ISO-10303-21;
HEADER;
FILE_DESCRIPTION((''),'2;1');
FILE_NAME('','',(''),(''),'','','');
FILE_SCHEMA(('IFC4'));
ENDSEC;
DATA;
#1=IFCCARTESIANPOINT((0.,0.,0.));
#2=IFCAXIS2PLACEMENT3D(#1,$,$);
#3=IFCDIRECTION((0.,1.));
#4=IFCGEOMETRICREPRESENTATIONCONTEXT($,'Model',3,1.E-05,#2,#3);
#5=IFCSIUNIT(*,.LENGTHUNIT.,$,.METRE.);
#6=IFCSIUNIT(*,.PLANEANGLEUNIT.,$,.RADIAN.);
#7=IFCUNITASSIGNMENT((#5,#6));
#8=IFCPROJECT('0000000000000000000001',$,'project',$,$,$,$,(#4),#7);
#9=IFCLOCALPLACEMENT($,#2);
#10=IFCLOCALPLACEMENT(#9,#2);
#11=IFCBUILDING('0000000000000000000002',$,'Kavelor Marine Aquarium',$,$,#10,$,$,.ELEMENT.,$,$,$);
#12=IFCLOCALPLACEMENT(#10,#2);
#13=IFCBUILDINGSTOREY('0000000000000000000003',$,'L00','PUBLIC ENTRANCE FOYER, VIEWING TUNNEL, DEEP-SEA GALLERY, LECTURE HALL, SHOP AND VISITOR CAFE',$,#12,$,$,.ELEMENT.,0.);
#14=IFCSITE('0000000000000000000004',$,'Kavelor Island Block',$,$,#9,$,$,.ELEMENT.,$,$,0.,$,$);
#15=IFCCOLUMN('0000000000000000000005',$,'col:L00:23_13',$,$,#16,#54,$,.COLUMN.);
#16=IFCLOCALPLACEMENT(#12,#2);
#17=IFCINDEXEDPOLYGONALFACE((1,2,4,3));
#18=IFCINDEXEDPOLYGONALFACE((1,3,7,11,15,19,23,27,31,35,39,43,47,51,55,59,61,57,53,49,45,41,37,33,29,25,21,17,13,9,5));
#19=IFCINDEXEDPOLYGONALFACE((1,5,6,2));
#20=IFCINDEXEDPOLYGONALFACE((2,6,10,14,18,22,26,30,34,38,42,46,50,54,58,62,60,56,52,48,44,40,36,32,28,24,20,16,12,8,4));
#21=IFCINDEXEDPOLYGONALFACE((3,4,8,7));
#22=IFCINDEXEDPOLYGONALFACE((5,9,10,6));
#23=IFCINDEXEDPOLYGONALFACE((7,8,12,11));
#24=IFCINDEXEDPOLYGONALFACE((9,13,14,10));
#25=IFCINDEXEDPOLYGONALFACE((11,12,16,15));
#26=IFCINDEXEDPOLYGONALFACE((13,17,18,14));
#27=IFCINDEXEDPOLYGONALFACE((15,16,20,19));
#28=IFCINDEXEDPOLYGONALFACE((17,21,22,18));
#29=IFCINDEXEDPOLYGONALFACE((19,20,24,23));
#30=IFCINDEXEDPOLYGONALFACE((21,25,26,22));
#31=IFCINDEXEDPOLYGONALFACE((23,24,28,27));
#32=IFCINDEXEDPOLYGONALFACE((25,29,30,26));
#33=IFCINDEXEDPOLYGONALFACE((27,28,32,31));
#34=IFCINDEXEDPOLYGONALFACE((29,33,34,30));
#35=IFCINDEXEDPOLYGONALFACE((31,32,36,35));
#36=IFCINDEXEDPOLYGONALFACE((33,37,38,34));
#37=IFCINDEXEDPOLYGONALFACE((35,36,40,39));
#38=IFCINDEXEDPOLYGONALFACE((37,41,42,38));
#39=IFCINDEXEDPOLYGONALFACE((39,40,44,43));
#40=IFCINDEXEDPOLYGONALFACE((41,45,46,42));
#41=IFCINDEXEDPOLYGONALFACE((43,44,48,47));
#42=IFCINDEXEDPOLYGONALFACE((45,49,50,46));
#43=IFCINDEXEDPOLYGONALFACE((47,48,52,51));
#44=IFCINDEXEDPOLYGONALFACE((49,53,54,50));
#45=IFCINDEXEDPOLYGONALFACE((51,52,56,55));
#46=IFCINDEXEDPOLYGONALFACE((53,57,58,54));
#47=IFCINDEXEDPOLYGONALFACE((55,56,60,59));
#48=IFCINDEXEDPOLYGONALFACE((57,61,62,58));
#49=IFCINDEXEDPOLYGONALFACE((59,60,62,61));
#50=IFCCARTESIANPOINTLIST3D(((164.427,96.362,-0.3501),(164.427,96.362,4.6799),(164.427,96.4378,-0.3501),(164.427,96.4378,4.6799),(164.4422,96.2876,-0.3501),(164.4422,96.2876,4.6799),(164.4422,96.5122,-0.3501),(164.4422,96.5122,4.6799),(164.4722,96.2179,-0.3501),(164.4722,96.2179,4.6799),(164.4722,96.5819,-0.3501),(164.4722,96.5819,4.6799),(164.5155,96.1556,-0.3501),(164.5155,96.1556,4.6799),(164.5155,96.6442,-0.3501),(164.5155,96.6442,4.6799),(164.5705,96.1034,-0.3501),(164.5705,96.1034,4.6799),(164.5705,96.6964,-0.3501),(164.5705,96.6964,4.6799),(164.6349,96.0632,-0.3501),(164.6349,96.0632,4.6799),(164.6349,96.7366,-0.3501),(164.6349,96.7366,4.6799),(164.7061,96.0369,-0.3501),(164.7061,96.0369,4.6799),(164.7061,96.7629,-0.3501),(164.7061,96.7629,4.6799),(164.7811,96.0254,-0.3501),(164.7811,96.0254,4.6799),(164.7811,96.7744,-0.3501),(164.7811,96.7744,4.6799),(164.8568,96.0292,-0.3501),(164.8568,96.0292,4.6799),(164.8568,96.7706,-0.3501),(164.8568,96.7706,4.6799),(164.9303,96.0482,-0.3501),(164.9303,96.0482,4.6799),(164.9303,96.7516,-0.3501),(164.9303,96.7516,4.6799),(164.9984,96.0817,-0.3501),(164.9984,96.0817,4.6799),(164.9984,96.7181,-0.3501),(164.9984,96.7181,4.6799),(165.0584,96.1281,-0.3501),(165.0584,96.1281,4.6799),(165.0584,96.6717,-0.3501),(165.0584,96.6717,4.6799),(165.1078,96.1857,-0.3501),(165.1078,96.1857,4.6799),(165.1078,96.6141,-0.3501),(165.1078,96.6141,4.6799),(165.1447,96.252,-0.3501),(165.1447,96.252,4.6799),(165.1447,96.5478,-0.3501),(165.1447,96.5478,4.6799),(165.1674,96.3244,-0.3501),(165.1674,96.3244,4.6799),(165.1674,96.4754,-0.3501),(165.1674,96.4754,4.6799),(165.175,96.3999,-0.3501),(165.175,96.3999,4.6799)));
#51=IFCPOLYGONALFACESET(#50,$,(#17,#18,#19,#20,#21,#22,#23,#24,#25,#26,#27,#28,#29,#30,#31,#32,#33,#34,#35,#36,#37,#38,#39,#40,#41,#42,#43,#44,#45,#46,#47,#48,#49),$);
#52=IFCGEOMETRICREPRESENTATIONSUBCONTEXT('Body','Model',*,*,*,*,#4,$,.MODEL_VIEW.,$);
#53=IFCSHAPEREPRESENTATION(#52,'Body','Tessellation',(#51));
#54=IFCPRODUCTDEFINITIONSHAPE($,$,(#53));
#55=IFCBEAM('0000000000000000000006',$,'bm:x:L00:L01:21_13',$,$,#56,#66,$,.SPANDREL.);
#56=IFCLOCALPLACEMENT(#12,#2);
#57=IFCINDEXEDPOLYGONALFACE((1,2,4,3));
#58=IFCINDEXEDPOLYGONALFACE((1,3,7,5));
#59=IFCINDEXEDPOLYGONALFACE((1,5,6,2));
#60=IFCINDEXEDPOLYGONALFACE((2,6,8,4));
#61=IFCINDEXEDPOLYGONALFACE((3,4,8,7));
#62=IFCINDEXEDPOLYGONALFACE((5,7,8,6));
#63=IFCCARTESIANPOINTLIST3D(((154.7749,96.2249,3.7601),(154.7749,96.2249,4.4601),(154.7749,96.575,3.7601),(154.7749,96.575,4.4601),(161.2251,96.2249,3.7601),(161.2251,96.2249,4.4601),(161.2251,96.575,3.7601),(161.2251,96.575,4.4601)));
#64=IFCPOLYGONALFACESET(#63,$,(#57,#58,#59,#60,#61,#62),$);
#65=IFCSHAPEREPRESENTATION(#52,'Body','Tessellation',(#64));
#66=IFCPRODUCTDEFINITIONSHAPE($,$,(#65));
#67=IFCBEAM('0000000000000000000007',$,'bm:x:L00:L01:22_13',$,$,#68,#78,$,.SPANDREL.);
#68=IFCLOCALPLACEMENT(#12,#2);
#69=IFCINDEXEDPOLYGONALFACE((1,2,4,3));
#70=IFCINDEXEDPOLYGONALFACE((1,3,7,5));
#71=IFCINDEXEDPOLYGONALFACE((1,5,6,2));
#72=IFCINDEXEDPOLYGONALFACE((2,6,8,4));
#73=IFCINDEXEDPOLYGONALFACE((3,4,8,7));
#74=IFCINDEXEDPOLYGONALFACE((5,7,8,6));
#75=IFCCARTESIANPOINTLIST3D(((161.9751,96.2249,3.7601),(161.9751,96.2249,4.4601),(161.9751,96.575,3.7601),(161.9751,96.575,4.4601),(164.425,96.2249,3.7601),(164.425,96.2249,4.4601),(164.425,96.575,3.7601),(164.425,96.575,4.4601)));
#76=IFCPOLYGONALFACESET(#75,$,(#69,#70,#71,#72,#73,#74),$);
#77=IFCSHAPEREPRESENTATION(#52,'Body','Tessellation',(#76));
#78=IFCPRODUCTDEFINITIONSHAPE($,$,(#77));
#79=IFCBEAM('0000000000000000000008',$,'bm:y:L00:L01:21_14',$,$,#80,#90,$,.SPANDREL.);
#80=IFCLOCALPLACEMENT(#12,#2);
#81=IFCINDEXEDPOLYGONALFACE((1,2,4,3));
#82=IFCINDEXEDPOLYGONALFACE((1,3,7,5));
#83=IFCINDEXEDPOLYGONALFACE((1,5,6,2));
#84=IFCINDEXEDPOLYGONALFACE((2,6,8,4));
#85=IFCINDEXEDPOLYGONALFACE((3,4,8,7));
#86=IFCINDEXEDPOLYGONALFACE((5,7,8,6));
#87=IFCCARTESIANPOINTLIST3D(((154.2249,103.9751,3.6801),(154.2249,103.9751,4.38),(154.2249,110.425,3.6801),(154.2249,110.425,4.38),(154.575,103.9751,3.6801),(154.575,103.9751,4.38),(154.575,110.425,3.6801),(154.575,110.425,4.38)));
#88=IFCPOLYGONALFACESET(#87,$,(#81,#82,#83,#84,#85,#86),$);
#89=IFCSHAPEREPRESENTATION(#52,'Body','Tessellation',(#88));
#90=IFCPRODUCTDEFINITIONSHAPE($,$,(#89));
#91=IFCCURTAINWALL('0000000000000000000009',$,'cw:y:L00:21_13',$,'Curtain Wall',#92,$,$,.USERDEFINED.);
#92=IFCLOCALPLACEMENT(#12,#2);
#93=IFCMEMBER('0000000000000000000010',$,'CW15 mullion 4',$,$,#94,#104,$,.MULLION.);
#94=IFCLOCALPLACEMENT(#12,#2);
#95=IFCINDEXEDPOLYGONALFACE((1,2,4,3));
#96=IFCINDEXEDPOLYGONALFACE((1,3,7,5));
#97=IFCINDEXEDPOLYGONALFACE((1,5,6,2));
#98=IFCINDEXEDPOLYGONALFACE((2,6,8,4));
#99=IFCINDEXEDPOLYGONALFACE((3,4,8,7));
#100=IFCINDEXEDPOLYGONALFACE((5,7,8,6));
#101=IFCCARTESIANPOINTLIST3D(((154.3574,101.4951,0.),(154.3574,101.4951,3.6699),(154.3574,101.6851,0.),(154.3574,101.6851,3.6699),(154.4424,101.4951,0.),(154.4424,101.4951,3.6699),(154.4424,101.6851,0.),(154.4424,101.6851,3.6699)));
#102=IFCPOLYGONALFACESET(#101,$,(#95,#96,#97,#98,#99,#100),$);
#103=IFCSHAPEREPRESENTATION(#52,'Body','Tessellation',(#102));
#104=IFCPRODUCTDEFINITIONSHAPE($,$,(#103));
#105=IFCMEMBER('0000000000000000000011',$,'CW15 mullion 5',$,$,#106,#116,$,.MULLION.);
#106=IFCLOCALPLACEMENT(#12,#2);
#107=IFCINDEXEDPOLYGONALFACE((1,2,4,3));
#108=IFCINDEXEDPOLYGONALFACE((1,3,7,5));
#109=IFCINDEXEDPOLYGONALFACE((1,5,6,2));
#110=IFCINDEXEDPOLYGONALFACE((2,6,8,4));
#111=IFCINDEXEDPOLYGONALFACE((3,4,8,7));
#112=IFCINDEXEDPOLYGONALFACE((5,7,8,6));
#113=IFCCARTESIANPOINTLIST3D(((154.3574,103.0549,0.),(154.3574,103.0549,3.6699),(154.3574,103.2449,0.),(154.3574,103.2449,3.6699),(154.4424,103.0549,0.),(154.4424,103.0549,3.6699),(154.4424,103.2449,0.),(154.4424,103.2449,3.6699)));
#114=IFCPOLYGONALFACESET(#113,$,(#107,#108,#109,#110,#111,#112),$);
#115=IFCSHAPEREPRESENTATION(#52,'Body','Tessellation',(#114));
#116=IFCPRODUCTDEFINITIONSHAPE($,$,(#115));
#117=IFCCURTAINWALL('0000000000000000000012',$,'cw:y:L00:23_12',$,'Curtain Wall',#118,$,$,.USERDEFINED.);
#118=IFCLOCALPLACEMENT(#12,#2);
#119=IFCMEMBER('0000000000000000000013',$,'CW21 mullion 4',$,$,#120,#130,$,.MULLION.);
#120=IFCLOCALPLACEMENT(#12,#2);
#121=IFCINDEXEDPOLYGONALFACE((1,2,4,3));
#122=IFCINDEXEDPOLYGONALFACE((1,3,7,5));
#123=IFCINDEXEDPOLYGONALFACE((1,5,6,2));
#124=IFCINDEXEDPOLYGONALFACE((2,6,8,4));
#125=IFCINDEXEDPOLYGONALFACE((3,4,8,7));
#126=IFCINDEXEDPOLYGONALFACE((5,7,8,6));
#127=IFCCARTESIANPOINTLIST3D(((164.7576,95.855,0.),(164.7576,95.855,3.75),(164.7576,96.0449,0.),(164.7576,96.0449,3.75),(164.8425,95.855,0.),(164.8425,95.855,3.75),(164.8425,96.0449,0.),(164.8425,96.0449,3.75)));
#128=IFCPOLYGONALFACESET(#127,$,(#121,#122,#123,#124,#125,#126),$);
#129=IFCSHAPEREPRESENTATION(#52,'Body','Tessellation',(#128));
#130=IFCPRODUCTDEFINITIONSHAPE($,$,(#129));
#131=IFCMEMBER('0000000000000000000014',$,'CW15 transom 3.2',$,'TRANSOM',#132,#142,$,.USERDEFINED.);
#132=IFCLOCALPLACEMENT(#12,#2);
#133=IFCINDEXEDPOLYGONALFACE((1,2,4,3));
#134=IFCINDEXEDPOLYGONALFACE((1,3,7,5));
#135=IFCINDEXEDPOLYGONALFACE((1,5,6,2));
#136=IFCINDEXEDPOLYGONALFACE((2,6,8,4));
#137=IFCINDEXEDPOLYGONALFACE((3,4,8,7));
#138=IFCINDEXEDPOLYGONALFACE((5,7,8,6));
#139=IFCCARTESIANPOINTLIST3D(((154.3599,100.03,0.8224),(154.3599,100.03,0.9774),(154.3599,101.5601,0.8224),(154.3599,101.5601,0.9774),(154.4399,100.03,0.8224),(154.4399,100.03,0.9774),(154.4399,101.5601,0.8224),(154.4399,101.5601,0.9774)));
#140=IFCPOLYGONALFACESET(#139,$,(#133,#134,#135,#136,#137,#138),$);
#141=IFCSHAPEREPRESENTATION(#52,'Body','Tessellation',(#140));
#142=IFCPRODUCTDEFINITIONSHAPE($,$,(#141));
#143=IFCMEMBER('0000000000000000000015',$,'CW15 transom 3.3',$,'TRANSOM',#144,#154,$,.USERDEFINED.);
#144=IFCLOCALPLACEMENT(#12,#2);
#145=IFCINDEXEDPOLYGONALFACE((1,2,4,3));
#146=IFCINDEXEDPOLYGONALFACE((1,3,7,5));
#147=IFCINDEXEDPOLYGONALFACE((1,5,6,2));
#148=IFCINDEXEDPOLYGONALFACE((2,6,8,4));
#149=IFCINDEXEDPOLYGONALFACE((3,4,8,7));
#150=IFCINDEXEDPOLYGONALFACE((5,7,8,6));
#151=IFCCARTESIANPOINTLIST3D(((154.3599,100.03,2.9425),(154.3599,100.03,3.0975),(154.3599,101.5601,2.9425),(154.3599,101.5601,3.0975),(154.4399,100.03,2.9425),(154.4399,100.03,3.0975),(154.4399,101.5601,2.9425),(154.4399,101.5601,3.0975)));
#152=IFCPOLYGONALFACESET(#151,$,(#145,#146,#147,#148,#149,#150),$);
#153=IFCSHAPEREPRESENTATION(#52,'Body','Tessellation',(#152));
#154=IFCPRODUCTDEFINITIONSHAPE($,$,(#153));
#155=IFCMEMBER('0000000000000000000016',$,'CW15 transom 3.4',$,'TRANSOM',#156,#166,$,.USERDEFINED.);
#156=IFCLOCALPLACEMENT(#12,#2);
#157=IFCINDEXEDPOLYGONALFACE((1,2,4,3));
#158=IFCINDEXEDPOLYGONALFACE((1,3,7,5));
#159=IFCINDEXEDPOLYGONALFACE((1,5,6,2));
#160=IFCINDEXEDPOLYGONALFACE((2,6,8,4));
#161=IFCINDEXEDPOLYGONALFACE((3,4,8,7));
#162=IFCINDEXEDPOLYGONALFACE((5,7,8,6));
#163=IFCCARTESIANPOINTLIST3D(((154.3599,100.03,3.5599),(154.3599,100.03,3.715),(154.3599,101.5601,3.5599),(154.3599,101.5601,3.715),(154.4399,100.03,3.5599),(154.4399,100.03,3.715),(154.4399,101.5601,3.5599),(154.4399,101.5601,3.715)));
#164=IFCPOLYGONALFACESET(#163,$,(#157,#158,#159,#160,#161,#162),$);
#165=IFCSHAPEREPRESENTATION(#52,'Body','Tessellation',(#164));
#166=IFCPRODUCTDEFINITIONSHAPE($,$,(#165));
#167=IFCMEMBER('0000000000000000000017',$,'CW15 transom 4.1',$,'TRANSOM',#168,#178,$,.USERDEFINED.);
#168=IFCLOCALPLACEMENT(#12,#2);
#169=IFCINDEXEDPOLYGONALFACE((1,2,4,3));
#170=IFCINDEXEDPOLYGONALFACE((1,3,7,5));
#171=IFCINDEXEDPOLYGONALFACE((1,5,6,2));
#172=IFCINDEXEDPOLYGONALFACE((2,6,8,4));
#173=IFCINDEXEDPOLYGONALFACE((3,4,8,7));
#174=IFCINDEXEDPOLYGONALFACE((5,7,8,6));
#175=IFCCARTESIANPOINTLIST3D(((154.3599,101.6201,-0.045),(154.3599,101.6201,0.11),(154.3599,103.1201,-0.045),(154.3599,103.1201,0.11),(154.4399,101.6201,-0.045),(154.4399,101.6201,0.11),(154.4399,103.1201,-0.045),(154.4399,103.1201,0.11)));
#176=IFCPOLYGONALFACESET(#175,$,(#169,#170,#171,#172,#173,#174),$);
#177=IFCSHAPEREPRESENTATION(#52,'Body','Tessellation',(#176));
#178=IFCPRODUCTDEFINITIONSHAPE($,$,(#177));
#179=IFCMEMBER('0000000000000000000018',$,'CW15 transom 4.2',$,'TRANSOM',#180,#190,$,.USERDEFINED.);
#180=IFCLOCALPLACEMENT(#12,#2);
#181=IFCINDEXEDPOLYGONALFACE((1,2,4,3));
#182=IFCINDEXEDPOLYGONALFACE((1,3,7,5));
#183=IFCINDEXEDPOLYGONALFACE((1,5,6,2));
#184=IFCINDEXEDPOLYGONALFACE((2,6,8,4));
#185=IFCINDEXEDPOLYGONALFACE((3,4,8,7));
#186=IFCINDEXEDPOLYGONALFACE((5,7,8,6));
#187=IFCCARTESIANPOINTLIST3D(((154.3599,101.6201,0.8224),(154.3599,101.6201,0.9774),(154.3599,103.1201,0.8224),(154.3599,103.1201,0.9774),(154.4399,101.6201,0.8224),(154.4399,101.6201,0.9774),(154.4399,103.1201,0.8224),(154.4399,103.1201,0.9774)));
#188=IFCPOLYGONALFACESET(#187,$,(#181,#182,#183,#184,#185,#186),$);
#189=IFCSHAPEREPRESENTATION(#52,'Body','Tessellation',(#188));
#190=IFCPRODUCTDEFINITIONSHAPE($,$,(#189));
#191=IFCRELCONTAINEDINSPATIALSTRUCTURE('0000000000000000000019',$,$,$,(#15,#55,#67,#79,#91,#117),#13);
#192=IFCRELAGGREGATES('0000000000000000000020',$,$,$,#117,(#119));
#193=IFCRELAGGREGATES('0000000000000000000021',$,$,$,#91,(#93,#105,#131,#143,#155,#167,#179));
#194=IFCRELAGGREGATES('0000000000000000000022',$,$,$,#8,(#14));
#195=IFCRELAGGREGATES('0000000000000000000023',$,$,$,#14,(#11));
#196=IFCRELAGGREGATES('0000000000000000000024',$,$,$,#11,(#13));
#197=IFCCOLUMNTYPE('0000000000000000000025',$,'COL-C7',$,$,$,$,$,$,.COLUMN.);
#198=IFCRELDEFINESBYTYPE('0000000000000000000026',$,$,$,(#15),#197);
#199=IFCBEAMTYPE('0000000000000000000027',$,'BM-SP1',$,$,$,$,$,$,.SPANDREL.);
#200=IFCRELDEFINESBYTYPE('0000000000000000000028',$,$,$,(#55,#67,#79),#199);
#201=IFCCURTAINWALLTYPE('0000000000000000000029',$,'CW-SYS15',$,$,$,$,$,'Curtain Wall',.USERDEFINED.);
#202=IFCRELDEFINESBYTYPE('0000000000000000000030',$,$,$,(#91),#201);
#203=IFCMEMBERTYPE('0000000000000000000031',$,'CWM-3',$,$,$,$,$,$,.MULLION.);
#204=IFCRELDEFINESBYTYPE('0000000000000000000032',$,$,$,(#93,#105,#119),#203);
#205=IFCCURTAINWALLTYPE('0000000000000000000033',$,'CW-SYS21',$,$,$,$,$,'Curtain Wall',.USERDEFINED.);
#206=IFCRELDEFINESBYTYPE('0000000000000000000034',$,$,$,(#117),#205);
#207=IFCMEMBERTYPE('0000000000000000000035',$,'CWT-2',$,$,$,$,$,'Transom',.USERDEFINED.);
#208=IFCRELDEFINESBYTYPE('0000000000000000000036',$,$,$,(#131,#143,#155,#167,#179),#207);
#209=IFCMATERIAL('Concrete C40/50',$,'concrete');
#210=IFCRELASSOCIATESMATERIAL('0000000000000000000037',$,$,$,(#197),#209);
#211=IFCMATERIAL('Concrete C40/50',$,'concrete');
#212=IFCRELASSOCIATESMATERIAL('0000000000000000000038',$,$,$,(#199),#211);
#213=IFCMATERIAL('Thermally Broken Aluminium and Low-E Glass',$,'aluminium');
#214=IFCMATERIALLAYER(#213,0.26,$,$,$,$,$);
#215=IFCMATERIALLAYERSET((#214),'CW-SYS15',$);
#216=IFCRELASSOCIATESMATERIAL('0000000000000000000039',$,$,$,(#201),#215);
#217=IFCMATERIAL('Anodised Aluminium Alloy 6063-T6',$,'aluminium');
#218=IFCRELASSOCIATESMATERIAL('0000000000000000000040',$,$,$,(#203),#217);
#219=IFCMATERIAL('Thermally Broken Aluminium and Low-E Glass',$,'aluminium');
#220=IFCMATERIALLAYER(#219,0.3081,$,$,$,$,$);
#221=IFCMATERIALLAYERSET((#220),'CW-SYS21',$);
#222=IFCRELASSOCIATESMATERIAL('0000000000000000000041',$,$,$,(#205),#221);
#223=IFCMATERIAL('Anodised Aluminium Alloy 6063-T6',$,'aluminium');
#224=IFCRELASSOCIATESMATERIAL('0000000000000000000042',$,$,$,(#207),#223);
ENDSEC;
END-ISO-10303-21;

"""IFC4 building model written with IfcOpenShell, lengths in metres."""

from ifc_helpers import new_model, si_unit, direction, frame, origin, origin_2d, place, context, subcontext, project, spatial, rectangle, circle, extrude, material, layer, layer_set, material_profile, profile_set, type_object, element, aggregate, save


model = new_model("IFC4")

# Units and contexts
model_context = context("Model", 3, precision=1e-05, world=origin(), true_north=direction((0.0, 1.0)))
body_context = subcontext(model_context, "Body", "Model", "MODEL_VIEW")
ifc_project = project(units=[si_unit("LENGTHUNIT", "METRE"), si_unit("PLANEANGLEUNIT", "RADIAN")], contexts=[model_context])

# Site, building, storey
site_placement = place(None, origin())
site = spatial("IfcSite", under=ifc_project, at=site_placement, Name="Kavelor Island Block", CompositionType="ELEMENT", RefElevation=0.0)
building_placement = place(site_placement, origin())
building = spatial("IfcBuilding", under=site, at=building_placement, Name="Kavelor Marine Aquarium", CompositionType="ELEMENT")
storey_placement = place(building_placement, origin())
storey = spatial("IfcBuildingStorey", under=building, at=storey_placement, Name="L00", Description="PUBLIC ENTRANCE FOYER, VIEWING TUNNEL, DEEP-SEA GALLERY, LECTURE HALL, SHOP AND VISITOR CAFE", CompositionType="ELEMENT", Elevation=0.0)

# Column
ifc_material_1 = material(Name="Concrete C40/50", Category="concrete")
ifc_material_profile_1 = material_profile(ifc_material_1, circle(Radius=0.375, at=origin_2d()), Name="RC-COL D750")
ifc_profile_set_1 = profile_set([ifc_material_profile_1], Name="Concrete C40/50")
column_type = type_object("IfcColumnType", Name="COL-C7", PredefinedType="COLUMN", material=ifc_profile_set_1)
for number, where, z_axis, x_axis, name in (
    (1, (164.8, 96.3999, -0.3501), (0.0, 0.0, 1.0), (1.0, 0.0, 0.0), "col:L00:23_13"),
):
    element("IfcColumn", number, at=place(storey_placement, frame(where, z_axis=z_axis, x_axis=x_axis)), inside=storey, type_object=column_type, Name=name, PredefinedType="COLUMN", context=body_context, shape_type="SweptSolid", body=[
        extrude(circle(Radius=0.375, at=origin_2d()), origin(), (0.0, 0.0, 1.0), 5.03),
    ])

# Beams
ifc_material_2 = material(Name="Concrete C40/50", Category="concrete")
ifc_material_profile_2 = material_profile(ifc_material_2, rectangle(XDim=0.3501, YDim=0.7, at=origin_2d()), Name="RC-SP 350x700")
ifc_profile_set_2 = profile_set([ifc_material_profile_2], Name="Concrete C40/50")
beam_type = type_object("IfcBeamType", Name="BM-SP1", PredefinedType="SPANDREL", material=ifc_profile_set_2)
beam_1_placement = place(storey_placement, frame((154.7749, 96.3999, 4.1101), z_axis=(1.0, 0.0, 0.0), x_axis=(0.0, 1.0, 0.0)))
element("IfcBeam", 2, at=beam_1_placement, inside=storey, type_object=beam_type, Name="bm:x:L00:L01:21_13", PredefinedType="SPANDREL", context=body_context, shape_type="SweptSolid", body=[
    extrude(rectangle(XDim=0.3501, YDim=0.7, at=origin_2d()), origin(), (0.0, 0.0, 1.0), 6.4502),
])
beam_2_placement = place(storey_placement, frame((161.9751, 96.3999, 4.1101), z_axis=(1.0, 0.0, 0.0), x_axis=(0.0, 1.0, 0.0)))
element("IfcBeam", 3, at=beam_2_placement, inside=storey, type_object=beam_type, Name="bm:x:L00:L01:22_13", PredefinedType="SPANDREL", context=body_context, shape_type="SweptSolid", body=[
    extrude(rectangle(XDim=0.3501, YDim=0.7, at=origin_2d()), origin(), (0.0, 0.0, 1.0), 2.45),
])
beam_3_placement = place(storey_placement, frame((154.3999, 103.9751, 4.03), z_axis=(0.0, 1.0, 0.0), x_axis=(-1.0, 0.0, 0.0)))
element("IfcBeam", 4, at=beam_3_placement, inside=storey, type_object=beam_type, Name="bm:y:L00:L01:21_14", PredefinedType="SPANDREL", context=body_context, shape_type="SweptSolid", body=[
    extrude(rectangle(XDim=0.3501, YDim=0.7, at=origin_2d()), origin(), (0.0, 0.0, 1.0), 6.45),
])

# Curtain wall, members
ifc_material_3 = material(Name="Thermally Broken Aluminium and Low-E Glass", Category="aluminium")
ifc_layer_1 = layer(ifc_material_3, 0.26)
ifc_layer_set_1 = layer_set([ifc_layer_1], Name="CW-SYS15")
curtain_wall_type_1 = type_object("IfcCurtainWallType", Name="CW-SYS15", ElementType="Curtain Wall", PredefinedType="USERDEFINED", material=ifc_layer_set_1)
curtain_wall_1_placement = place(storey_placement, origin())
curtain_wall_1 = element("IfcCurtainWall", 5, at=curtain_wall_1_placement, inside=storey, type_object=curtain_wall_type_1, Name="cw:y:L00:21_13", ObjectType="Curtain Wall", PredefinedType="USERDEFINED")
ifc_material_4 = material(Name="Anodised Aluminium Alloy 6063-T6", Category="aluminium")
ifc_material_profile_3 = material_profile(ifc_material_4, rectangle(XDim=0.085, YDim=0.1899, at=origin_2d()), Name="CW-MUL 85x190")
ifc_profile_set_3 = profile_set([ifc_material_profile_3], Name="Anodised Aluminium Alloy 6063-T6")
member_type_1 = type_object("IfcMemberType", Name="CWM-3", PredefinedType="MULLION", material=ifc_profile_set_3)
member_1_placement = place(storey_placement, frame((154.3999, 101.5901, 0.0), z_axis=(0.0, 0.0, 1.0), x_axis=(-1.0, 0.0, 0.0)))
member_1 = element("IfcMember", 6, at=member_1_placement, type_object=member_type_1, Name="CW15 mullion 4", PredefinedType="MULLION", context=body_context, shape_type="SweptSolid", body=[
    extrude(rectangle(XDim=0.085, YDim=0.1899, at=origin_2d()), origin(), (0.0, 0.0, 1.0), 3.6699),
])
member_2_placement = place(storey_placement, frame((154.3999, 103.1499, 0.0), z_axis=(0.0, 0.0, 1.0), x_axis=(-1.0, 0.0, 0.0)))
member_2 = element("IfcMember", 7, at=member_2_placement, type_object=member_type_1, Name="CW15 mullion 5", PredefinedType="MULLION", context=body_context, shape_type="SweptSolid", body=[
    extrude(rectangle(XDim=0.085, YDim=0.1899, at=origin_2d()), origin(), (0.0, 0.0, 1.0), 3.6699),
])

# Curtain wall, member
ifc_material_5 = material(Name="Thermally Broken Aluminium and Low-E Glass", Category="aluminium")
ifc_layer_2 = layer(ifc_material_5, 0.3081)
ifc_layer_set_2 = layer_set([ifc_layer_2], Name="CW-SYS21")
curtain_wall_type_2 = type_object("IfcCurtainWallType", Name="CW-SYS21", ElementType="Curtain Wall", PredefinedType="USERDEFINED", material=ifc_layer_set_2)
curtain_wall_2_placement = place(storey_placement, origin())
curtain_wall_2 = element("IfcCurtainWall", 8, at=curtain_wall_2_placement, inside=storey, type_object=curtain_wall_type_2, Name="cw:y:L00:23_12", ObjectType="Curtain Wall", PredefinedType="USERDEFINED")
member_3_placement = place(storey_placement, frame((164.8, 95.95, 0.0), z_axis=(0.0, 0.0, 1.0), x_axis=(-1.0, 0.0, 0.0)))
member_3 = element("IfcMember", 9, at=member_3_placement, type_object=member_type_1, Name="CW21 mullion 4", PredefinedType="MULLION", context=body_context, shape_type="SweptSolid", body=[
    extrude(rectangle(XDim=0.085, YDim=0.1899, at=origin_2d()), origin(), (0.0, 0.0, 1.0), 3.75),
])
aggregate(curtain_wall_2, [member_3])

# Members
ifc_material_6 = material(Name="Anodised Aluminium Alloy 6063-T6", Category="aluminium")
ifc_material_profile_4 = material_profile(ifc_material_6, rectangle(XDim=0.0801, YDim=0.155, at=origin_2d()), Name="CW-TRN 80x155")
ifc_profile_set_4 = profile_set([ifc_material_profile_4], Name="Anodised Aluminium Alloy 6063-T6")
member_type_2 = type_object("IfcMemberType", Name="CWT-2", ElementType="Transom", PredefinedType="USERDEFINED", material=ifc_profile_set_4)
member_4_placement = place(storey_placement, frame((154.3999, 100.03, 0.8999), z_axis=(0.0, 1.0, 0.0), x_axis=(-1.0, 0.0, 0.0)))
member_4 = element("IfcMember", 10, at=member_4_placement, type_object=member_type_2, Name="CW15 transom 3.2", ObjectType="TRANSOM", PredefinedType="USERDEFINED", context=body_context, shape_type="SweptSolid", body=[
    extrude(rectangle(XDim=0.0801, YDim=0.155, at=origin_2d()), origin(), (0.0, 0.0, 1.0), 1.53),
])
member_5_placement = place(storey_placement, frame((154.3999, 100.03, 3.02), z_axis=(0.0, 1.0, 0.0), x_axis=(-1.0, 0.0, 0.0)))
member_5 = element("IfcMember", 11, at=member_5_placement, type_object=member_type_2, Name="CW15 transom 3.3", ObjectType="TRANSOM", PredefinedType="USERDEFINED", context=body_context, shape_type="SweptSolid", body=[
    extrude(rectangle(XDim=0.0801, YDim=0.155, at=origin_2d()), origin(), (0.0, 0.0, 1.0), 1.53),
])
member_6_placement = place(storey_placement, frame((154.3999, 100.03, 3.6375), z_axis=(0.0, 1.0, 0.0), x_axis=(-1.0, 0.0, 0.0)))
member_6 = element("IfcMember", 12, at=member_6_placement, type_object=member_type_2, Name="CW15 transom 3.4", ObjectType="TRANSOM", PredefinedType="USERDEFINED", context=body_context, shape_type="SweptSolid", body=[
    extrude(rectangle(XDim=0.0801, YDim=0.155, at=origin_2d()), origin(), (0.0, 0.0, 1.0), 1.53),
])
member_7_placement = place(storey_placement, frame((154.3999, 101.6201, 0.0325), z_axis=(0.0, 1.0, 0.0), x_axis=(-1.0, 0.0, 0.0)))
member_7 = element("IfcMember", 13, at=member_7_placement, type_object=member_type_2, Name="CW15 transom 4.1", ObjectType="TRANSOM", PredefinedType="USERDEFINED", context=body_context, shape_type="SweptSolid", body=[
    extrude(rectangle(XDim=0.0801, YDim=0.155, at=origin_2d()), origin(), (0.0, 0.0, 1.0), 1.5),
])
member_8_placement = place(storey_placement, frame((154.3999, 101.6201, 0.8999), z_axis=(0.0, 1.0, 0.0), x_axis=(-1.0, 0.0, 0.0)))
member_8 = element("IfcMember", 14, at=member_8_placement, type_object=member_type_2, Name="CW15 transom 4.2", ObjectType="TRANSOM", PredefinedType="USERDEFINED", context=body_context, shape_type="SweptSolid", body=[
    extrude(rectangle(XDim=0.0801, YDim=0.155, at=origin_2d()), origin(), (0.0, 0.0, 1.0), 1.5),
])

aggregate(curtain_wall_1, [member_1, member_2, member_4, member_5, member_6, member_7, member_8])

save(model, "model.ifc")
